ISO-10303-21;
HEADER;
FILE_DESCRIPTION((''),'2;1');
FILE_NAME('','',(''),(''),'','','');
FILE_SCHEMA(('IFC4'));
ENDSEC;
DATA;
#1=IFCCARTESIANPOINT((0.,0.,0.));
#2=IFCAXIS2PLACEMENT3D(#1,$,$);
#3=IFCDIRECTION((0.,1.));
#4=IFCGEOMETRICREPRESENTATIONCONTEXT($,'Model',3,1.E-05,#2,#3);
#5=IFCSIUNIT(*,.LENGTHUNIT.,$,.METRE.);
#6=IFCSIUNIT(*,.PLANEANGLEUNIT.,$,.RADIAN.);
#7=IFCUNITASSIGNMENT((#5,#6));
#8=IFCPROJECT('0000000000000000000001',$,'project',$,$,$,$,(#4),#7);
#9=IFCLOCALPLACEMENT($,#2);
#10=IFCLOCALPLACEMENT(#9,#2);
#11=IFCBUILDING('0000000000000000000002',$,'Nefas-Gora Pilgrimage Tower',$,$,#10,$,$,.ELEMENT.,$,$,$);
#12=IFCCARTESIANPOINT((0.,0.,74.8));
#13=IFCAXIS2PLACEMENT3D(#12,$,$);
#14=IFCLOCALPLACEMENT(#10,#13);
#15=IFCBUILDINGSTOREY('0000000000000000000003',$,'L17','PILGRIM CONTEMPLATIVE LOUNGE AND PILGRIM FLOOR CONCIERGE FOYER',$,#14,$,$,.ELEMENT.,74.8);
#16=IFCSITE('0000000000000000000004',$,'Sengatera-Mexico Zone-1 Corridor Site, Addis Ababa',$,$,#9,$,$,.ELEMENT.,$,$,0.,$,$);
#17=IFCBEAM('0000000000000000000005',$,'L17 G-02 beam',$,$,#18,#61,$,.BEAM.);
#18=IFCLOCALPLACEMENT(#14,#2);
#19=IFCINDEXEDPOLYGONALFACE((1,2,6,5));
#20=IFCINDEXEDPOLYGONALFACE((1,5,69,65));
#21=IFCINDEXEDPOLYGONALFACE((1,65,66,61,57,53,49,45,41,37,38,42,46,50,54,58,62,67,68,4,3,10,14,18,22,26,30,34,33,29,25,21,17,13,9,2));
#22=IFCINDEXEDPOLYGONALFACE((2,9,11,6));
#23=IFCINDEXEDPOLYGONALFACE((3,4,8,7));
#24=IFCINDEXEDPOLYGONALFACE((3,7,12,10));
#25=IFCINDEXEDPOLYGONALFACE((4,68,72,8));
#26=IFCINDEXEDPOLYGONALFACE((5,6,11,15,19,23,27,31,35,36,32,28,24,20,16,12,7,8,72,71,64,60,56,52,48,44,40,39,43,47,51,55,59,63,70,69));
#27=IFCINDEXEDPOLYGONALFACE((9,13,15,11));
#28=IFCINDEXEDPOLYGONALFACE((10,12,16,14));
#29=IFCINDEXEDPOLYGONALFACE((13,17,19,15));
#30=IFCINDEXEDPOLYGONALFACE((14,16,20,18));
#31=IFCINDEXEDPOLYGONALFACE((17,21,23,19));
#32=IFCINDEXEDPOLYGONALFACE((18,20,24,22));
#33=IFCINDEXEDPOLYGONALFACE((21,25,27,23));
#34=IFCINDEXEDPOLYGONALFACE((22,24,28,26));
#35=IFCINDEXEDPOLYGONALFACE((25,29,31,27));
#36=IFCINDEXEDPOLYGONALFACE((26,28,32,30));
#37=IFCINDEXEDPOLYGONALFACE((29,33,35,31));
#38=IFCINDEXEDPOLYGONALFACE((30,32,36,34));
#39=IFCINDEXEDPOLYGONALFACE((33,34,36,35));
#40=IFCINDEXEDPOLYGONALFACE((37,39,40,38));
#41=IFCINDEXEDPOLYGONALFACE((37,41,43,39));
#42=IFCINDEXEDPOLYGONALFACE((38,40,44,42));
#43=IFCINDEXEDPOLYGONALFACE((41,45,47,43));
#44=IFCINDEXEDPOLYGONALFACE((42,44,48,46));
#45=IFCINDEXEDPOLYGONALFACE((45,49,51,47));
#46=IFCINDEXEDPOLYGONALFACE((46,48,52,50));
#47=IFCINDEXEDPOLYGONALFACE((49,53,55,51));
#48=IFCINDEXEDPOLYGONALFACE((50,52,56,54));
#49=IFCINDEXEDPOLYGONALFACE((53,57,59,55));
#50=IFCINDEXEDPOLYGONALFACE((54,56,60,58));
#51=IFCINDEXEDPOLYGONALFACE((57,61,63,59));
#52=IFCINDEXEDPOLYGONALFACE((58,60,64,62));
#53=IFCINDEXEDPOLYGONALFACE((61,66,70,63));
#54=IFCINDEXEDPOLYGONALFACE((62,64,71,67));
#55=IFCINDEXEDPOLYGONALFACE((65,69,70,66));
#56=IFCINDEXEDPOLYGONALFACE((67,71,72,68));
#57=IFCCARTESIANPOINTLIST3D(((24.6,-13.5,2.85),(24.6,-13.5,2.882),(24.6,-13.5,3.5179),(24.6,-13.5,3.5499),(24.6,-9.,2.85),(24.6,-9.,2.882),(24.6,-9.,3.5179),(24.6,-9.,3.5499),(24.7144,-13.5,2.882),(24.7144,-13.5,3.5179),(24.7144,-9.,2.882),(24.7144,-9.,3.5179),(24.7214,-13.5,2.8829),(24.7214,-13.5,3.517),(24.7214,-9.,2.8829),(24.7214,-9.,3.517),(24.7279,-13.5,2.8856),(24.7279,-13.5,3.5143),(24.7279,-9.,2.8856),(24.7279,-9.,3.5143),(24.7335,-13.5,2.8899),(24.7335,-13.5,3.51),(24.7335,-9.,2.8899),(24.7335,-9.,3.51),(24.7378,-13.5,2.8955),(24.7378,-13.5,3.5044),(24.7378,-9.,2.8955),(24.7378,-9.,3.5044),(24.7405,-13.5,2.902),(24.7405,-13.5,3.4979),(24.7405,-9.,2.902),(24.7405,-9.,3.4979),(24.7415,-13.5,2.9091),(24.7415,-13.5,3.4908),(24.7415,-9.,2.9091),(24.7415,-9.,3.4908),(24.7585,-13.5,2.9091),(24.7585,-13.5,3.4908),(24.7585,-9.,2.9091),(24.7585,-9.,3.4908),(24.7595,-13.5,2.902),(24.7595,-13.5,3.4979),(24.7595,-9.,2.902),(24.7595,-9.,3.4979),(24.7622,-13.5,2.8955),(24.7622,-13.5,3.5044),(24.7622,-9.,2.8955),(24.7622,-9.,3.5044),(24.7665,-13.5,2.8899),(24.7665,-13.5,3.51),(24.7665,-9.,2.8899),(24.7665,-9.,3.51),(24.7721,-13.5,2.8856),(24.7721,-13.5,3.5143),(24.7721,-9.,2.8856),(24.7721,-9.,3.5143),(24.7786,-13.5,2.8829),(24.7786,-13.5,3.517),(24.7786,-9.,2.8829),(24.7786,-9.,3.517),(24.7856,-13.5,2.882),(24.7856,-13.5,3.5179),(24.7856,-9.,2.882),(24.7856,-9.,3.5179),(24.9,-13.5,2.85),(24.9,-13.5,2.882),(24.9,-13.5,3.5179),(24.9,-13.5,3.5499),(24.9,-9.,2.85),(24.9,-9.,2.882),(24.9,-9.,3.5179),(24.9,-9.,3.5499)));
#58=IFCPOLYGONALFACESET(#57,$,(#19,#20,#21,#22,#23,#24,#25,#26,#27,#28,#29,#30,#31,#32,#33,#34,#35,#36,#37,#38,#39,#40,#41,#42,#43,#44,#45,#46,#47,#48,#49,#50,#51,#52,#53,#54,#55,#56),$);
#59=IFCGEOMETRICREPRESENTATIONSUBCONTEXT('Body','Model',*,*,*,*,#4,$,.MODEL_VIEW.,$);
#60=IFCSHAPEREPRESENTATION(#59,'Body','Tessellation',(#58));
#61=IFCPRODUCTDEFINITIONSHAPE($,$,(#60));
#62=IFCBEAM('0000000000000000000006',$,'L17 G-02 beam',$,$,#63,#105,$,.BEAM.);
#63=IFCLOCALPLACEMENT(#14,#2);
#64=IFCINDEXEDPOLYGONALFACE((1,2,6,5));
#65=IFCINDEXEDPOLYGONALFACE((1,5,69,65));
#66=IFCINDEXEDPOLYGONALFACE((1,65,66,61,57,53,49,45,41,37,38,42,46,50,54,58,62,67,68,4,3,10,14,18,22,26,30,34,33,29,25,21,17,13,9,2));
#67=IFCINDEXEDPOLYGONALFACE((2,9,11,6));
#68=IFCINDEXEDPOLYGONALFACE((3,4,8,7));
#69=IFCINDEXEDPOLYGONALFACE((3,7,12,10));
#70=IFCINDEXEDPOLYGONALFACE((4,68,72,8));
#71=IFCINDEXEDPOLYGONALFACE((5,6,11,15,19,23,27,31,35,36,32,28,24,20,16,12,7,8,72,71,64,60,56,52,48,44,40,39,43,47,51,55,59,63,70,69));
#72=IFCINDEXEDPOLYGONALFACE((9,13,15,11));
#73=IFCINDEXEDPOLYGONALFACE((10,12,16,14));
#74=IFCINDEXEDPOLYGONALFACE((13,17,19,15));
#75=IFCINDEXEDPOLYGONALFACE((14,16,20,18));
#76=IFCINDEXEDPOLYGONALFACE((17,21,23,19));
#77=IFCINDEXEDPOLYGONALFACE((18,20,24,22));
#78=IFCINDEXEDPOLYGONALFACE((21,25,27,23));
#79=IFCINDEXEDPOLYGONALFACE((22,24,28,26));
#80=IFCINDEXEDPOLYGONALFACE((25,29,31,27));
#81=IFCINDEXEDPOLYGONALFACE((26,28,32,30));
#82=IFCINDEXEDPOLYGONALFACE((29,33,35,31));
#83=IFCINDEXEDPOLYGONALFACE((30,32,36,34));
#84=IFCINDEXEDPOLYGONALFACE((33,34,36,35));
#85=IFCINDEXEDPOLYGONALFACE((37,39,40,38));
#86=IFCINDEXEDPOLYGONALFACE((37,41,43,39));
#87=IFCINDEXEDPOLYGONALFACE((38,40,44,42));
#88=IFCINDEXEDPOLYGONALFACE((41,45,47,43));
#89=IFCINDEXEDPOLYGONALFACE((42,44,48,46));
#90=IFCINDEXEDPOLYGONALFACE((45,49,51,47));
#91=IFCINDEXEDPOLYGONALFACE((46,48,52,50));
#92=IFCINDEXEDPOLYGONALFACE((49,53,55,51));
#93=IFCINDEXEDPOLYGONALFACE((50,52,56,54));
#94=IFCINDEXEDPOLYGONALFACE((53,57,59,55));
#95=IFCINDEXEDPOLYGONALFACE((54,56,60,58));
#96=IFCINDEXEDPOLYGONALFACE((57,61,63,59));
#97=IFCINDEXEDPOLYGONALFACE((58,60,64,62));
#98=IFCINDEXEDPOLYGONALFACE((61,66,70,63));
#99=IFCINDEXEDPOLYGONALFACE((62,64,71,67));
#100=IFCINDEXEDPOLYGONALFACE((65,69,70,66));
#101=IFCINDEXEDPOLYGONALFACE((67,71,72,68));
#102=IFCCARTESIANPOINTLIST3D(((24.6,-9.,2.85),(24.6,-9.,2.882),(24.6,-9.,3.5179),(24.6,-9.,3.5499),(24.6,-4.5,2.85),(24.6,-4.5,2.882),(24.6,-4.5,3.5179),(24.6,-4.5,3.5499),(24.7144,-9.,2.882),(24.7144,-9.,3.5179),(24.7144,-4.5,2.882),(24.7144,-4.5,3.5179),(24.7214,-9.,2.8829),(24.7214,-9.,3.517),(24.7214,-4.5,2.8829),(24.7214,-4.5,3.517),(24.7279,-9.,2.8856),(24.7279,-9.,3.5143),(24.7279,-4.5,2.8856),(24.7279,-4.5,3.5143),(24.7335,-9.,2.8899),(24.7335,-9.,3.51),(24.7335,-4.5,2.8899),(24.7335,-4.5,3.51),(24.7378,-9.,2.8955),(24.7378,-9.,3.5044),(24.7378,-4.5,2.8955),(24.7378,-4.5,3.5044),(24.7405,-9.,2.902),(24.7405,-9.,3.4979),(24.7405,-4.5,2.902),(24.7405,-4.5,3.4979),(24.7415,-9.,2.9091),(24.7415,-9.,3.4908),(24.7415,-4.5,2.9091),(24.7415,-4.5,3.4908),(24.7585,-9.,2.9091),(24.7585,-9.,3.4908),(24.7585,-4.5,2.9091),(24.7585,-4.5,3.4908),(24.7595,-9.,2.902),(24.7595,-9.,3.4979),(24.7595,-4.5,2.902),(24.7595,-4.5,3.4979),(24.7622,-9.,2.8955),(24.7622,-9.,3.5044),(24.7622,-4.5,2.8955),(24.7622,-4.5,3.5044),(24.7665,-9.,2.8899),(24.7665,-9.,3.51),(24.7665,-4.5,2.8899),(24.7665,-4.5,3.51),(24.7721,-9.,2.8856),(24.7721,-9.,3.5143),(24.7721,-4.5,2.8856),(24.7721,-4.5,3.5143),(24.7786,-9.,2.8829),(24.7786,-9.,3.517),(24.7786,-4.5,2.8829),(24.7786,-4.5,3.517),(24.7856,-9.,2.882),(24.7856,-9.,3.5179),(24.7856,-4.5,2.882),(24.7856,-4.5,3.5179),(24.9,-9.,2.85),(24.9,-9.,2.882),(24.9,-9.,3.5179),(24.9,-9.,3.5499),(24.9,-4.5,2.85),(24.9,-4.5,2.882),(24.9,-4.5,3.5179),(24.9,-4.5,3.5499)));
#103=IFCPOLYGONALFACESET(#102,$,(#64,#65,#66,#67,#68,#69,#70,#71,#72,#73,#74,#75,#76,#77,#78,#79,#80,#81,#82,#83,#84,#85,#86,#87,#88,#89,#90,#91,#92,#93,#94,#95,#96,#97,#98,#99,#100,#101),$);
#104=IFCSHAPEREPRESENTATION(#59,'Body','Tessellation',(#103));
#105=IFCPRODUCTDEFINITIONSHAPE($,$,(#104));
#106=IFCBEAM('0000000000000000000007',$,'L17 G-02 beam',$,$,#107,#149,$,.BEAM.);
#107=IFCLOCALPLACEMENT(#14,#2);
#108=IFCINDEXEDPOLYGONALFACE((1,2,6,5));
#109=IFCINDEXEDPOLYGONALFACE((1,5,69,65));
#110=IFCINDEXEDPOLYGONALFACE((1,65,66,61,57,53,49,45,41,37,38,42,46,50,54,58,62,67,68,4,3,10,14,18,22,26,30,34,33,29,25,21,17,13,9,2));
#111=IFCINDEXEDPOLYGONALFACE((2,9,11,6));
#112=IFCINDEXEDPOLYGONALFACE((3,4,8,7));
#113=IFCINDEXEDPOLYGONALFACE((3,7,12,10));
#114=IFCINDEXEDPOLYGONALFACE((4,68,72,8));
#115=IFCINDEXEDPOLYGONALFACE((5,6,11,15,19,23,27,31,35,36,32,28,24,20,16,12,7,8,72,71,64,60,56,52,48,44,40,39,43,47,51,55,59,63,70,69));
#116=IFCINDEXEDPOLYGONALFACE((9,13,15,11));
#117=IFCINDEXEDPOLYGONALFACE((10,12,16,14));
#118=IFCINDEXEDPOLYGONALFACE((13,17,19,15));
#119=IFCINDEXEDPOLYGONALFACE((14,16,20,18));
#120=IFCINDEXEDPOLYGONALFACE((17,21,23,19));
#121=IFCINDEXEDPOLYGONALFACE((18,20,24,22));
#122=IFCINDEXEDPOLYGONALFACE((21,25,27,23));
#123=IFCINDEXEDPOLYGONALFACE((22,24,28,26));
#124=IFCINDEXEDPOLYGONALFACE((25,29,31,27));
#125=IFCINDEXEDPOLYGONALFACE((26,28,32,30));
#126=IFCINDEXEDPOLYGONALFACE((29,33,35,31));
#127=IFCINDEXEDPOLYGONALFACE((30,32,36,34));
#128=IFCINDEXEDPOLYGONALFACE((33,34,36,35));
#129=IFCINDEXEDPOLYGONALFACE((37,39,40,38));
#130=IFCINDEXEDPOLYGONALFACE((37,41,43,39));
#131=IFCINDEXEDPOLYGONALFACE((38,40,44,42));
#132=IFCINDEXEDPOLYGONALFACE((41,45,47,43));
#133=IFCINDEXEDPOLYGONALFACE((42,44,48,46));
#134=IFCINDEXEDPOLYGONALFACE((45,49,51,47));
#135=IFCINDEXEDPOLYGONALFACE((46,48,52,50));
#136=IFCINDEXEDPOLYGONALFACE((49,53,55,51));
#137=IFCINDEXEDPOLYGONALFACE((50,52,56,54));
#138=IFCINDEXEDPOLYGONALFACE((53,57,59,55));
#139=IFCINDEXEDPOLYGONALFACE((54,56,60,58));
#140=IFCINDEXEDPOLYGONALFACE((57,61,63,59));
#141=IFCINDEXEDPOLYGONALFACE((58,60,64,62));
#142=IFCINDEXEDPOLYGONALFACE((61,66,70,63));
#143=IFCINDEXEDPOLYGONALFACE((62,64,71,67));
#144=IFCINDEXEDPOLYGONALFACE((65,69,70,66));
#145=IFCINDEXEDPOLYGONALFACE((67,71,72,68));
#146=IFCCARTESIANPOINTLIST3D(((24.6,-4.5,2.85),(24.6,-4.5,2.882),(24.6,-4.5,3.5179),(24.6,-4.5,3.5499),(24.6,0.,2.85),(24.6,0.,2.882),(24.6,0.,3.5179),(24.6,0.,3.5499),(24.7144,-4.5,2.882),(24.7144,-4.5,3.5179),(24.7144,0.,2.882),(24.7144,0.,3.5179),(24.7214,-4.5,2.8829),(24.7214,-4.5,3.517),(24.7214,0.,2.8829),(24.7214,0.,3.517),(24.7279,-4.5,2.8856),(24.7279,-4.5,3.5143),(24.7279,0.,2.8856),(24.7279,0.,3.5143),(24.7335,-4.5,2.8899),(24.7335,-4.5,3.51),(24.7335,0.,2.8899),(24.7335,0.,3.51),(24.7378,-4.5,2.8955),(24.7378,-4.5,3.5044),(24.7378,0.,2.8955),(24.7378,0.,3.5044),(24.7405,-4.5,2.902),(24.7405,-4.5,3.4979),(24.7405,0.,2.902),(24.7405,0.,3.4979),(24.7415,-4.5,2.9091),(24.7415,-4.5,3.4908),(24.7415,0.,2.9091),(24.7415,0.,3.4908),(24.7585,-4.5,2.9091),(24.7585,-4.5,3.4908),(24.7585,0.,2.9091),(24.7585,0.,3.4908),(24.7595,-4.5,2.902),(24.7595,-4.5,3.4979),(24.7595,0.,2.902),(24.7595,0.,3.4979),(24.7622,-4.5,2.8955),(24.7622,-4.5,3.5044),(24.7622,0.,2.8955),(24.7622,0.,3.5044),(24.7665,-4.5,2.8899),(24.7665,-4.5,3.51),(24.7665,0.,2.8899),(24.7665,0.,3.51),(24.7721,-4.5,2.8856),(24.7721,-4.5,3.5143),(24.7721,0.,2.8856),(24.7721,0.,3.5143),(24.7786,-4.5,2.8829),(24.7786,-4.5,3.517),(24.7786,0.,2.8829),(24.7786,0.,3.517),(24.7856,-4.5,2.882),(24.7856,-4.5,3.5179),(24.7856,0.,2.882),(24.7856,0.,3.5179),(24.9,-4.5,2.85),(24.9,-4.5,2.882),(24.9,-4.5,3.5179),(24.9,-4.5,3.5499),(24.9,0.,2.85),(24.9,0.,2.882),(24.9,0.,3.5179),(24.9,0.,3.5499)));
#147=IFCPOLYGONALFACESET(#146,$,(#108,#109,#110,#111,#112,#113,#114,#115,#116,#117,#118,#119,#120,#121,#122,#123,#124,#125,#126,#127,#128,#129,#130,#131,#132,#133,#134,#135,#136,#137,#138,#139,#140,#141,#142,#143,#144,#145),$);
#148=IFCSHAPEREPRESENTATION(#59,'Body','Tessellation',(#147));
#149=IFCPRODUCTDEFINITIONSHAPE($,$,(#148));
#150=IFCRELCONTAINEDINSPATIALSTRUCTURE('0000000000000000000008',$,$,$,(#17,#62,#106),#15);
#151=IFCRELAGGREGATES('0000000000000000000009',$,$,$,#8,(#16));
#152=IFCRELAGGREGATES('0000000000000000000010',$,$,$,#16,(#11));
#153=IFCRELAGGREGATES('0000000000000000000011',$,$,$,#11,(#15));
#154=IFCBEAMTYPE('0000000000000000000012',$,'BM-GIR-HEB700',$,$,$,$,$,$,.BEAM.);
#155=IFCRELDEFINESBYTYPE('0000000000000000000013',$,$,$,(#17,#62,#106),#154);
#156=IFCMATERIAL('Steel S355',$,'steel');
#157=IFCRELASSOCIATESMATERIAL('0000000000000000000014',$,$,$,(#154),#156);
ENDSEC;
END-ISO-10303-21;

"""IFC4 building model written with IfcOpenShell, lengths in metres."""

from ifc_helpers import new_model, si_unit, direction, frame, origin, origin_2d, place, context, subcontext, project, spatial, i_section, extrude, source, transform, mapped, material, material_profile, profile_set, type_object, element, save


model = new_model("IFC4")

# Units and contexts
model_context = context("Model", 3, precision=1e-05, world=origin(), true_north=direction((0.0, 1.0)))
body_context = subcontext(model_context, "Body", "Model", "MODEL_VIEW")
ifc_project = project(units=[si_unit("LENGTHUNIT", "METRE"), si_unit("PLANEANGLEUNIT", "RADIAN")], contexts=[model_context])

# Site, building, storey
site_placement = place(None, origin())
site = spatial("IfcSite", under=ifc_project, at=site_placement, Name="Sengatera-Mexico Zone-1 Corridor Site, Addis Ababa", CompositionType="ELEMENT", RefElevation=0.0)
building_placement = place(site_placement, origin())
building = spatial("IfcBuilding", under=site, at=building_placement, Name="Nefas-Gora Pilgrimage Tower", CompositionType="ELEMENT")
storey_placement = place(building_placement, frame((0.0, 0.0, 74.8)))
storey = spatial("IfcBuildingStorey", under=building, at=storey_placement, Name="L17", Description="PILGRIM CONTEMPLATIVE LOUNGE AND PILGRIM FLOOR CONCIERGE FOYER", CompositionType="ELEMENT", Elevation=74.8)

# Beams
ifc_material_1 = material(Name="Steel S355", Category="steel")
ifc_material_profile_1 = material_profile(ifc_material_1, i_section(OverallWidth=0.3, OverallDepth=0.7, WebThickness=0.0171, FlangeThickness=0.032, FilletRadius=0.0271, at=origin_2d()), Name="HEB 700")
ifc_profile_set_1 = profile_set([ifc_material_profile_1], Name="Steel S355")
beam_type_1 = type_object("IfcBeamType", Name="BM-GIR-HEB700", PredefinedType="BEAM", material=ifc_profile_set_1)
shared_shape_1 = source(origin(), body_context, "Body", "SweptSolid", [
    extrude(i_section(OverallWidth=0.3, OverallDepth=0.7, WebThickness=0.0171, FlangeThickness=0.032, FilletRadius=0.0271, at=origin_2d()), origin(), (0.0, 0.0, 1.0), 4.5),
])
for number, where, z_axis, x_axis, name in (
    (1, (24.75, -13.5, 3.2), (0.0, 1.0, 0.0), (-1.0, 0.0, 0.0), "L17 G-02 beam"),
    (2, (24.75, -9.0, 3.2), (0.0, 1.0, 0.0), (-1.0, 0.0, 0.0), "L17 G-02 beam"),
    (3, (24.75, -4.5, 3.2), (0.0, 1.0, 0.0), (-1.0, 0.0, 0.0), "L17 G-02 beam"),
):
    element("IfcBeam", number, at=place(storey_placement, frame(where, z_axis=z_axis, x_axis=x_axis)), inside=storey, type_object=beam_type_1, Name=name, PredefinedType="BEAM", context=body_context, shape_type="MappedRepresentation", body=[
        mapped(shared_shape_1, transform((0.0, 0.0, 0.0), x_axis=(1.0, 0.0, 0.0), y_axis=(0.0, 1.0, 0.0), z_axis=(0.0, 0.0, 1.0), scale=1.0)),
    ])

save(model, "model.ifc")
